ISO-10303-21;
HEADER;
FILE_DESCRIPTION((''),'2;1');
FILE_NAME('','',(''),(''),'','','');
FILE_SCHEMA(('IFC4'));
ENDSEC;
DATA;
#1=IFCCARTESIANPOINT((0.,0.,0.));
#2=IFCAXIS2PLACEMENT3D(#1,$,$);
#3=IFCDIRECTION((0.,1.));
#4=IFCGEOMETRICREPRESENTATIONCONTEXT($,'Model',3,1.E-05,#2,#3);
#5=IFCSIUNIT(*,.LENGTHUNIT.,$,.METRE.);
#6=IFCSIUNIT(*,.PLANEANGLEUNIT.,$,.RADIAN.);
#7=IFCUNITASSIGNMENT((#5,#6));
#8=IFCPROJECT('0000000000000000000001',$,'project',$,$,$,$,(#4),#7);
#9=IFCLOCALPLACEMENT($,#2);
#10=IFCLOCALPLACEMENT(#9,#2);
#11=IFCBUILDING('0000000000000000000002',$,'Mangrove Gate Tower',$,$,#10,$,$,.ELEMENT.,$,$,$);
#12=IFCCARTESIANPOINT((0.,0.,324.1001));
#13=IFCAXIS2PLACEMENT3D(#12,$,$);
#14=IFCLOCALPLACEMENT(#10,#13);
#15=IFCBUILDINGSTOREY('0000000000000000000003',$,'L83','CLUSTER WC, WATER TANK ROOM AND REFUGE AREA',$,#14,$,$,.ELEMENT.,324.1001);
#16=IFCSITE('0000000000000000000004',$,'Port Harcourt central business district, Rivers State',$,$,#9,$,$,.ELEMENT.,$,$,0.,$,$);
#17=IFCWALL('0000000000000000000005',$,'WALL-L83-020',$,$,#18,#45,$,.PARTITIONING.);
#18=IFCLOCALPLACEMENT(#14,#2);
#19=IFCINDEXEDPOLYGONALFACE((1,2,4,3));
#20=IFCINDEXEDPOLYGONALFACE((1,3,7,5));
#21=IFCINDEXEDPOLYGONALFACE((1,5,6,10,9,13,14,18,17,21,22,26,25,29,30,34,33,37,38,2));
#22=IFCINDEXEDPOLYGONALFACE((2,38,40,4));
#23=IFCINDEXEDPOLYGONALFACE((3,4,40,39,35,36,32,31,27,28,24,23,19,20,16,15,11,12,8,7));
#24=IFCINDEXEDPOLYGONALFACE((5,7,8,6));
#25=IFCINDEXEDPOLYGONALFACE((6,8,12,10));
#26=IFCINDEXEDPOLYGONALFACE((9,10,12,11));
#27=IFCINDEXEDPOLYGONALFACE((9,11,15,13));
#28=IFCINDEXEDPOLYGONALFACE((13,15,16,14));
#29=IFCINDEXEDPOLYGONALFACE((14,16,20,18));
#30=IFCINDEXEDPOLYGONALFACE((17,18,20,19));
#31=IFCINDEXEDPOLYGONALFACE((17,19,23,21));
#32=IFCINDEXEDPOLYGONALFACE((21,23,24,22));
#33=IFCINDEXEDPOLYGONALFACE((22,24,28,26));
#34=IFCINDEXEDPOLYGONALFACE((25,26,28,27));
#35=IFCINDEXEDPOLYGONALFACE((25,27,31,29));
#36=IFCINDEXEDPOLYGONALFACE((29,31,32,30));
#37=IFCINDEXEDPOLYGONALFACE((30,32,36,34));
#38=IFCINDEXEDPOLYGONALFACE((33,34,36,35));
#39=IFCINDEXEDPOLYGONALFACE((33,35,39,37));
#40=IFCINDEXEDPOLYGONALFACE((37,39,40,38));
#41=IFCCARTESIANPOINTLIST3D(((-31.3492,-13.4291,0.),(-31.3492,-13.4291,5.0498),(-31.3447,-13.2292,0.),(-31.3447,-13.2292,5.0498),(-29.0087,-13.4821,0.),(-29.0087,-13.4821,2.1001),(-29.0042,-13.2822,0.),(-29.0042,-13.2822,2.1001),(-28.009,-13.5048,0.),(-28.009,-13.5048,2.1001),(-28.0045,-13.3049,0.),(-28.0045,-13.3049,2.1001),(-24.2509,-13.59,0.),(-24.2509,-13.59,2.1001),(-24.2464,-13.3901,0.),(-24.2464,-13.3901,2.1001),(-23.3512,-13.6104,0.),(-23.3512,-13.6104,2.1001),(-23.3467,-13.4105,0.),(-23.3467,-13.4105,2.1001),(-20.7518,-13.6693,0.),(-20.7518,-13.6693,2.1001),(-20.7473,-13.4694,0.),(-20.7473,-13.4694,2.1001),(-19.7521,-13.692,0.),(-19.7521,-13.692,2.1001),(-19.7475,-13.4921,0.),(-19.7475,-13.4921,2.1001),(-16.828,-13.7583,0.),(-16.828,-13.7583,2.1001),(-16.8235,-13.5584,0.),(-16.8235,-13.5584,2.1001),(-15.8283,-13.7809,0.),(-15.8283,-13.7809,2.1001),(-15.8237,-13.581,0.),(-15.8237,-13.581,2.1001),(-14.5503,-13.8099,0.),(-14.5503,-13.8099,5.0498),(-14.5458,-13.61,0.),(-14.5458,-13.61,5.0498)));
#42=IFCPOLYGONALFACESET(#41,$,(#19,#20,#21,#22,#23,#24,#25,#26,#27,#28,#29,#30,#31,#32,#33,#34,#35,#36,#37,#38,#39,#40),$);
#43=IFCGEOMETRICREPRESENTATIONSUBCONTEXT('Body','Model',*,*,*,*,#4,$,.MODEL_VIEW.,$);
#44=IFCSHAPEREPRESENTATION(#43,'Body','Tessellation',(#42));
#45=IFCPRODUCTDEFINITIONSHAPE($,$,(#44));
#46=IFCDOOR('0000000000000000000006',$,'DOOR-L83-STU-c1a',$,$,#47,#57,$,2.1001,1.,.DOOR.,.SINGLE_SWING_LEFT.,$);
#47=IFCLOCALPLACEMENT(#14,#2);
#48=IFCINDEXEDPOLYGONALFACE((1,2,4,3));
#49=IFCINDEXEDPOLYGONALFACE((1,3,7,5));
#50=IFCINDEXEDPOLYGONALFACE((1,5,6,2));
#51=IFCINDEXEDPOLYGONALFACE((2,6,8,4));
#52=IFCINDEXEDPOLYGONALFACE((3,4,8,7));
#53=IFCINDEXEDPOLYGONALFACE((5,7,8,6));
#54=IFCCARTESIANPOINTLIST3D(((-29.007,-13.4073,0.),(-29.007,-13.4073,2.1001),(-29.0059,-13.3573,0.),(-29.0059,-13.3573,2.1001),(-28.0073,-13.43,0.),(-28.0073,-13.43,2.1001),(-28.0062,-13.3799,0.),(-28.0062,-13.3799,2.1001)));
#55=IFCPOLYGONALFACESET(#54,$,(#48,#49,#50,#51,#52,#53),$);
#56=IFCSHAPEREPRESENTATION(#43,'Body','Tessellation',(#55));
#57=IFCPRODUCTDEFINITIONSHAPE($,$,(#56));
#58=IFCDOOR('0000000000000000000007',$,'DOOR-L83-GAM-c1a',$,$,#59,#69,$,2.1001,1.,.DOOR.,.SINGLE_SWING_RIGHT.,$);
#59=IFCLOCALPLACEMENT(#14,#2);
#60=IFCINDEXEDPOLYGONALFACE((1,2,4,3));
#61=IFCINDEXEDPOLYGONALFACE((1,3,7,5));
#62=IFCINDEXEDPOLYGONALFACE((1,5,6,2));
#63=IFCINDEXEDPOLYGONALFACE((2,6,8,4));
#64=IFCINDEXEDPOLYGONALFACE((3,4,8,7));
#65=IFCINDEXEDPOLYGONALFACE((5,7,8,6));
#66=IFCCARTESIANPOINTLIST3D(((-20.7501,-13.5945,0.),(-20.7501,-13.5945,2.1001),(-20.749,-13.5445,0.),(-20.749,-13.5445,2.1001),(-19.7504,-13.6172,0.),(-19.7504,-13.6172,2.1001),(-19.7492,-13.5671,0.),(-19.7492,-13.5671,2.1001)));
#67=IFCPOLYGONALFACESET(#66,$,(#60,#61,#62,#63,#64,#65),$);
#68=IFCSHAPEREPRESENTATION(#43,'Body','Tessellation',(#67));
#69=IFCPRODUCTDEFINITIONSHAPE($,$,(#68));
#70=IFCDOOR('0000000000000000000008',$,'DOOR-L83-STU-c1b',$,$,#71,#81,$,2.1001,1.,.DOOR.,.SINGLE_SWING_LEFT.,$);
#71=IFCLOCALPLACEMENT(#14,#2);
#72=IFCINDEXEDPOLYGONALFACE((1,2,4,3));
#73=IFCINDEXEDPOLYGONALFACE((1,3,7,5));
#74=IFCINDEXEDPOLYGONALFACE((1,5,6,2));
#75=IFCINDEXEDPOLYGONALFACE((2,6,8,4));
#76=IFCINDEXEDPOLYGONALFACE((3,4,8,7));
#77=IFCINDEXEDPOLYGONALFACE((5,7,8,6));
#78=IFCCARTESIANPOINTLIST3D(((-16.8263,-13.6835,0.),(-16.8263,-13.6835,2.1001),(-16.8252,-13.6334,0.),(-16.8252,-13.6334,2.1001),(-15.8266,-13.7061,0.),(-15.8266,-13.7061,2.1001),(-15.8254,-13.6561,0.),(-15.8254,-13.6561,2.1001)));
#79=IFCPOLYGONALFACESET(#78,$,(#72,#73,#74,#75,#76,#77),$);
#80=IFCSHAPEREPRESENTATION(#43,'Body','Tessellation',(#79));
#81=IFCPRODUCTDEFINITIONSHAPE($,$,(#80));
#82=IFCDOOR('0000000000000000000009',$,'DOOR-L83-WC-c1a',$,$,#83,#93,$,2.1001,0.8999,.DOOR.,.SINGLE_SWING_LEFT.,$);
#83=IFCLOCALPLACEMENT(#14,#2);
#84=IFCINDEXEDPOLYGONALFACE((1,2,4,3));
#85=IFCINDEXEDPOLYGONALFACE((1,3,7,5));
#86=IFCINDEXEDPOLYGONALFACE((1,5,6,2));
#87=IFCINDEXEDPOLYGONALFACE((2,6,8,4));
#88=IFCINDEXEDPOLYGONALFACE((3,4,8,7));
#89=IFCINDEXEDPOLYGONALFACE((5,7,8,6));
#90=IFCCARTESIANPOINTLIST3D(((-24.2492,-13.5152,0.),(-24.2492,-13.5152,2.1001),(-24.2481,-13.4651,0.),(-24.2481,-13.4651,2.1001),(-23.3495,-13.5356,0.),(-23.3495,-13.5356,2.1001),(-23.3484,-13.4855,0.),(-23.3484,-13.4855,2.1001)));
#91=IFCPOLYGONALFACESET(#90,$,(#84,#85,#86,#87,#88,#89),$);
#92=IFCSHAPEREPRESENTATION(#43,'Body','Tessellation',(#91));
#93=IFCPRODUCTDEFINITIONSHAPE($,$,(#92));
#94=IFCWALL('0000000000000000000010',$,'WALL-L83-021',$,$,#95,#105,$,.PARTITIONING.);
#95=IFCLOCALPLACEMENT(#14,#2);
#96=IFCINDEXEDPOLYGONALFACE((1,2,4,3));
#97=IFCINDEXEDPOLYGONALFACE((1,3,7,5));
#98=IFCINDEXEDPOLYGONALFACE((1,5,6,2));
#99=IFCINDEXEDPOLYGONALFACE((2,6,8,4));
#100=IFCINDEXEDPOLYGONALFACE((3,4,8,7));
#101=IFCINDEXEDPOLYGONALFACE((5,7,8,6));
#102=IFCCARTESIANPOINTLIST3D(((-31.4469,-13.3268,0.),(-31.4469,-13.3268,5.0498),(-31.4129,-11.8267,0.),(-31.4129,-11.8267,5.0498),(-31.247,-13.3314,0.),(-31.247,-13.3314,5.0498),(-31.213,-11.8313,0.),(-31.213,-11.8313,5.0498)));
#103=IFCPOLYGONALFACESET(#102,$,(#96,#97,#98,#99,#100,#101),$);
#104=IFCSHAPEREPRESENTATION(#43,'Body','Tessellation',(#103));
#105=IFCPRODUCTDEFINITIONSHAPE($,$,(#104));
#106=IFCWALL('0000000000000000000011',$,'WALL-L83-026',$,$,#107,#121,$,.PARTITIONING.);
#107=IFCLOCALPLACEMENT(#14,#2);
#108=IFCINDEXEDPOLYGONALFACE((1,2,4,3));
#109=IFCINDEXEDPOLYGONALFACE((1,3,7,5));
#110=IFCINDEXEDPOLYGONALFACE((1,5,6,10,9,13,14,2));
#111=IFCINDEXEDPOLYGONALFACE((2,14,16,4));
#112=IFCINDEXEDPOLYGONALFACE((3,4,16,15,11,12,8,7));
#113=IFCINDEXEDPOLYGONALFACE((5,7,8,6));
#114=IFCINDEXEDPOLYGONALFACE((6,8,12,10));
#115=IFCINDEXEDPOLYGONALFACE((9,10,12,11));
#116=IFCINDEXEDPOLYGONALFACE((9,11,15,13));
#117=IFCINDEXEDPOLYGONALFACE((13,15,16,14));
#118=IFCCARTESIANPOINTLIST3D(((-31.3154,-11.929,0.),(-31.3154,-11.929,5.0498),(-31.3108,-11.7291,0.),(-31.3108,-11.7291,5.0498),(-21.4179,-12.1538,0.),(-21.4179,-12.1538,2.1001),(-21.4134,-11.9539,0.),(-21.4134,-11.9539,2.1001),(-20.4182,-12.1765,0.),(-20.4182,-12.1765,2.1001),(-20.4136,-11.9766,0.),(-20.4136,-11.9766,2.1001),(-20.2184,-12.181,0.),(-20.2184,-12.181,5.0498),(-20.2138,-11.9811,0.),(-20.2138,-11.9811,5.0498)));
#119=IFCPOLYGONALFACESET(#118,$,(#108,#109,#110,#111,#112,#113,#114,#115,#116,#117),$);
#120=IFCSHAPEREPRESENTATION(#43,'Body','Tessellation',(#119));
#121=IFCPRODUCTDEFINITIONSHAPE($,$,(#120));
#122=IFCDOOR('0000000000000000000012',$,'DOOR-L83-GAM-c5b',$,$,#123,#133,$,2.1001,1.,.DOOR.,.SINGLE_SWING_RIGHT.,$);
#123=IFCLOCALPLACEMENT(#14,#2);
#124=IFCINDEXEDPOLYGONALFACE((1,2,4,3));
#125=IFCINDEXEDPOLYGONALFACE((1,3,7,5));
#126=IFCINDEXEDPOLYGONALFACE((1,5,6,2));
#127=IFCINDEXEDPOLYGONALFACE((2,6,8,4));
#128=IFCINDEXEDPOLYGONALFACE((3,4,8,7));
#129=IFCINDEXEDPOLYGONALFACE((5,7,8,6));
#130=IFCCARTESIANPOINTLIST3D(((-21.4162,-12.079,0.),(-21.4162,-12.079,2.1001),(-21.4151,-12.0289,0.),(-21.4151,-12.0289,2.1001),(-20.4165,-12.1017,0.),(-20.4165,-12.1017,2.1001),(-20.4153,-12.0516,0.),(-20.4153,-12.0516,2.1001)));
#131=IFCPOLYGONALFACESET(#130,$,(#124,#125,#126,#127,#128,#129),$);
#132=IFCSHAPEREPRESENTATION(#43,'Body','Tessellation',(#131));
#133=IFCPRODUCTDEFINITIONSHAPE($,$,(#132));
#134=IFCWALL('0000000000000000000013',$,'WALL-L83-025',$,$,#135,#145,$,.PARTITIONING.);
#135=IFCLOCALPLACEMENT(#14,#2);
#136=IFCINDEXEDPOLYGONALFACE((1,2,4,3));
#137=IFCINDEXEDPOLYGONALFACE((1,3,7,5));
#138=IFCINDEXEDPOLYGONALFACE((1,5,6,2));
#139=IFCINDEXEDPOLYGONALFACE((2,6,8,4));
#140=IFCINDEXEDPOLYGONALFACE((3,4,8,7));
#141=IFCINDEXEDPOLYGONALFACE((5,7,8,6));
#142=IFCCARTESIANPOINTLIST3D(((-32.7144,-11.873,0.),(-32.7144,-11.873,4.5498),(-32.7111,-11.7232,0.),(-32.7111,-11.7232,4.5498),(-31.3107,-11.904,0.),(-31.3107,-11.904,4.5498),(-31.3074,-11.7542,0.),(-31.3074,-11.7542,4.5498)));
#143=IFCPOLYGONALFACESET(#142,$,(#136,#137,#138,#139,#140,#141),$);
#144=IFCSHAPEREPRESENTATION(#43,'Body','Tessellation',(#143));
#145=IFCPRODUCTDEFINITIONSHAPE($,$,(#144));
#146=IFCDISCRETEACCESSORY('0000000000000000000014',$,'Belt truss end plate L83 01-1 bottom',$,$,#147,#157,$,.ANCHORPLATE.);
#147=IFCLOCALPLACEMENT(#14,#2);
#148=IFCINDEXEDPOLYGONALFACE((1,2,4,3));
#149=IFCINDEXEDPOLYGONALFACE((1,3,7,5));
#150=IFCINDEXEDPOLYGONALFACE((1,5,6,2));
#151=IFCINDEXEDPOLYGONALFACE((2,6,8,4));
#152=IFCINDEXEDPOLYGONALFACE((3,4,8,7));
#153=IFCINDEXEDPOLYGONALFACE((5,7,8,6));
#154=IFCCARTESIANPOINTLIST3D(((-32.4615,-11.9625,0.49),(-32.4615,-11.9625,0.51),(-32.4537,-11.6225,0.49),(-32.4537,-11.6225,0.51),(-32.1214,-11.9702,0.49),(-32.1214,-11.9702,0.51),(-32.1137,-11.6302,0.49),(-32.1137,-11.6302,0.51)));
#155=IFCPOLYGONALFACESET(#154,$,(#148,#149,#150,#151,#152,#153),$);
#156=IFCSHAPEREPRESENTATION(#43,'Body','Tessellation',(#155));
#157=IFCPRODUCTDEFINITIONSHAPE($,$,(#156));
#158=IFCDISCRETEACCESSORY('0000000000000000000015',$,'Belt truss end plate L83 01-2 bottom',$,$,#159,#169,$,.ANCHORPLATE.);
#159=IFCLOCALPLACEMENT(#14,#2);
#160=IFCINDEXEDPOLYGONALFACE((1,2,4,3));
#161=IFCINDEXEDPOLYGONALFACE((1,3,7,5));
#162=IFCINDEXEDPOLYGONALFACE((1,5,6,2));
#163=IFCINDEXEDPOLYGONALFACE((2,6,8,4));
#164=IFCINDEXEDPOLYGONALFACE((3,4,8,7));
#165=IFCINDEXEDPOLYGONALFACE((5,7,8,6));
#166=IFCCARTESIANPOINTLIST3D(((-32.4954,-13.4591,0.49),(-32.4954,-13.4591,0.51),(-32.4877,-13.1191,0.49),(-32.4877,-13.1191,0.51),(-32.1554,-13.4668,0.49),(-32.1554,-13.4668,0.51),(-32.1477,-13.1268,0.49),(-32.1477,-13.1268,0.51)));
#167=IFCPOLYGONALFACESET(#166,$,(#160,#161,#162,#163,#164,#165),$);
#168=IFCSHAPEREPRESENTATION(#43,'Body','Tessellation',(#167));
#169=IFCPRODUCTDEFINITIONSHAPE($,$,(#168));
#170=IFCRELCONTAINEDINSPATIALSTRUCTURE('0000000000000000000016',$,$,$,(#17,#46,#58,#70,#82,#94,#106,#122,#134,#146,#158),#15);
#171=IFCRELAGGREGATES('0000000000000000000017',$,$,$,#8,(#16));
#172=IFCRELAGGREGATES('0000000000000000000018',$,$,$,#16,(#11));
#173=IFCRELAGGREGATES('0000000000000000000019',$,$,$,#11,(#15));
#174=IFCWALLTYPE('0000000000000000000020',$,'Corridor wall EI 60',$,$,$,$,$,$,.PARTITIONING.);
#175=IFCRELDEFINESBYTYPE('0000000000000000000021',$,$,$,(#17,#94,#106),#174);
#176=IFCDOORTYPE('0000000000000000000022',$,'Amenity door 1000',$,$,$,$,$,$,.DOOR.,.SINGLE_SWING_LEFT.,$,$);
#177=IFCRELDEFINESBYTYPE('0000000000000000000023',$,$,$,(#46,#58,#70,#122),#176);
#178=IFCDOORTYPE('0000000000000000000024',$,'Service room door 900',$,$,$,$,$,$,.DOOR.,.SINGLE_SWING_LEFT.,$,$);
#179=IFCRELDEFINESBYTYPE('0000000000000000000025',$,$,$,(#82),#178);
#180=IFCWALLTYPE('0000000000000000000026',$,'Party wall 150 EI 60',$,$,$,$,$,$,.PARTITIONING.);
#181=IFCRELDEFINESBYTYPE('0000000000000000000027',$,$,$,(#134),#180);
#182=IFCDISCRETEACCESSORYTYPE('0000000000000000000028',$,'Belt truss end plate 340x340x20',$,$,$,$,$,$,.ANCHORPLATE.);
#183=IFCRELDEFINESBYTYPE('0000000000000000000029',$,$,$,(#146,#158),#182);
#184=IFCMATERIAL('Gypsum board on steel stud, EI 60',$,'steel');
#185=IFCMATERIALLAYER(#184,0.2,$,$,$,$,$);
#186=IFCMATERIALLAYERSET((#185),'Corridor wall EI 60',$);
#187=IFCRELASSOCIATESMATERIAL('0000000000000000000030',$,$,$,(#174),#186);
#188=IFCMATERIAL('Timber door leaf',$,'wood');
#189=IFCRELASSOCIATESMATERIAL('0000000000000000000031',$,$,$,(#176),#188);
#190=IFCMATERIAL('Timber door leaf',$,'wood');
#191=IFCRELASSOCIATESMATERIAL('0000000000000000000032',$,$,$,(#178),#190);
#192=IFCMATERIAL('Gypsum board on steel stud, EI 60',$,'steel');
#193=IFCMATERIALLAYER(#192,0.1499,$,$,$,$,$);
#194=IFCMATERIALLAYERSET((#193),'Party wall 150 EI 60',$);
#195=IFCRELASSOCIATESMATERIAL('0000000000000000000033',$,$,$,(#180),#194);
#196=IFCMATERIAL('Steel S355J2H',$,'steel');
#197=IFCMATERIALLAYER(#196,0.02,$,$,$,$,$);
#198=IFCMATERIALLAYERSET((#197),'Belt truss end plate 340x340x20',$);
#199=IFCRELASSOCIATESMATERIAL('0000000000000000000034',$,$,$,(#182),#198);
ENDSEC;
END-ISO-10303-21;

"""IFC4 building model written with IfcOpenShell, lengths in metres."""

from ifc_helpers import new_model, si_unit, direction, frame, frame_2d, origin, origin_2d, place, context, subcontext, project, spatial, rectangle, extrude, material, layer, layer_set, type_object, element, fill, save


model = new_model("IFC4")

# Units and contexts
model_context = context("Model", 3, precision=1e-05, world=origin(), true_north=direction((0.0, 1.0)))
body_context = subcontext(model_context, "Body", "Model", "MODEL_VIEW")
ifc_project = project(units=[si_unit("LENGTHUNIT", "METRE"), si_unit("PLANEANGLEUNIT", "RADIAN")], contexts=[model_context])

# Site, building, storey
site_placement = place(None, origin())
site = spatial("IfcSite", under=ifc_project, at=site_placement, Name="Port Harcourt central business district, Rivers State", CompositionType="ELEMENT", RefElevation=0.0)
building_placement = place(site_placement, origin())
building = spatial("IfcBuilding", under=site, at=building_placement, Name="Mangrove Gate Tower", CompositionType="ELEMENT")
storey_placement = place(building_placement, frame((0.0, 0.0, 324.1001)))
storey = spatial("IfcBuildingStorey", under=building, at=storey_placement, Name="L83", Description="CLUSTER WC, WATER TANK ROOM AND REFUGE AREA", CompositionType="ELEMENT", Elevation=324.1001)

# Wall, openings, doors
ifc_material_1 = material(Name="Gypsum board on steel stud, EI 60", Category="steel")
ifc_layer_1 = layer(ifc_material_1, 0.2)
ifc_layer_set_1 = layer_set([ifc_layer_1], Name="Corridor wall EI 60")
wall_type_1 = type_object("IfcWallType", Name="Corridor wall EI 60", PredefinedType="PARTITIONING", material=ifc_layer_set_1)
wall_1_placement = place(storey_placement, frame((-31.3469, -13.3291, 0.0), z_axis=(0.0, 0.0, 1.0), x_axis=(0.999743, -0.022666, 0.0)))
wall_1 = element("IfcWall", 1, at=wall_1_placement, inside=storey, type_object=wall_type_1, Name="WALL-L83-020", PredefinedType="PARTITIONING", context=body_context, shape_type="SweptSolid", body=[
    extrude(rectangle(XDim=16.8032, YDim=0.2, at=frame_2d((8.4016, 0.0))), origin(), (0.0, 0.0, 1.0), 5.0498),
])
opening_1_placement = place(wall_1_placement, frame((2.3411, 0.0, 0.0)))
opening_1 = element("IfcOpeningElement", 2, at=opening_1_placement, cuts=wall_1, PredefinedType="OPENING", context=body_context, shape_type="SweptSolid", body=[
    extrude(rectangle(XDim=1.0, YDim=2.1001, at=frame_2d((0.5, 1.05))), frame((0.0, 0.1099, 0.0), z_axis=(0.0, -1.0, 0.0), x_axis=(1.0, 0.0, 0.0)), (0.0, 0.0, 1.0), 0.22),
])
opening_2_placement = place(wall_1_placement, frame((10.6001, 0.0, 0.0)))
opening_2 = element("IfcOpeningElement", 3, at=opening_2_placement, cuts=wall_1, PredefinedType="OPENING", context=body_context, shape_type="SweptSolid", body=[
    extrude(rectangle(XDim=1.0, YDim=2.1001, at=frame_2d((0.5, 1.05))), frame((0.0, 0.1099, 0.0), z_axis=(0.0, -1.0, 0.0), x_axis=(1.0, 0.0, 0.0)), (0.0, 0.0, 1.0), 0.22),
])
opening_3_placement = place(wall_1_placement, frame((7.1001, 0.0, 0.0)))
opening_3 = element("IfcOpeningElement", 4, at=opening_3_placement, cuts=wall_1, PredefinedType="OPENING", context=body_context, shape_type="SweptSolid", body=[
    extrude(rectangle(XDim=0.8999, YDim=2.1001, at=frame_2d((0.45, 1.05))), frame((0.0, 0.1099, 0.0), z_axis=(0.0, -1.0, 0.0), x_axis=(1.0, 0.0, 0.0)), (0.0, 0.0, 1.0), 0.22),
])
opening_4_placement = place(wall_1_placement, frame((14.5249, 0.0, 0.0)))
opening_4 = element("IfcOpeningElement", 5, at=opening_4_placement, cuts=wall_1, PredefinedType="OPENING", context=body_context, shape_type="SweptSolid", body=[
    extrude(rectangle(XDim=1.0, YDim=2.1001, at=frame_2d((0.5, 1.05))), frame((0.0, 0.1099, 0.0), z_axis=(0.0, -1.0, 0.0), x_axis=(1.0, 0.0, 0.0)), (0.0, 0.0, 1.0), 0.22),
])
ifc_material_2 = material(Name="Timber door leaf", Category="wood")
door_type_1 = type_object("IfcDoorType", Name="Amenity door 1000", OperationType="SINGLE_SWING_LEFT", PredefinedType="DOOR", material=ifc_material_2)
door_1_placement = place(opening_1_placement, origin())
door_1 = element("IfcDoor", 6, at=door_1_placement, inside=storey, type_object=door_type_1, Name="DOOR-L83-STU-c1a", OperationType="SINGLE_SWING_LEFT", OverallHeight=2.1001, OverallWidth=1.0, PredefinedType="DOOR", context=body_context, shape_type="SweptSolid", body=[
    extrude(rectangle(XDim=1.0, YDim=2.1001, at=frame_2d((0.5, 1.05))), frame((0.0, 0.0249, 0.0), z_axis=(0.0, -1.0, 0.0), x_axis=(1.0, 0.0, 0.0)), (0.0, 0.0, 1.0), 0.05),
])
fill(opening_1, door_1)
door_2_placement = place(opening_2_placement, origin())
door_2 = element("IfcDoor", 7, at=door_2_placement, inside=storey, type_object=door_type_1, Name="DOOR-L83-GAM-c1a", OperationType="SINGLE_SWING_RIGHT", OverallHeight=2.1001, OverallWidth=1.0, PredefinedType="DOOR", context=body_context, shape_type="SweptSolid", body=[
    extrude(rectangle(XDim=1.0, YDim=2.1001, at=frame_2d((0.5, 1.05))), frame((0.0, 0.0249, 0.0), z_axis=(0.0, -1.0, 0.0), x_axis=(1.0, 0.0, 0.0)), (0.0, 0.0, 1.0), 0.05),
])
fill(opening_2, door_2)
door_3_placement = place(opening_4_placement, origin())
door_3 = element("IfcDoor", 8, at=door_3_placement, inside=storey, type_object=door_type_1, Name="DOOR-L83-STU-c1b", OperationType="SINGLE_SWING_LEFT", OverallHeight=2.1001, OverallWidth=1.0, PredefinedType="DOOR", context=body_context, shape_type="SweptSolid", body=[
    extrude(rectangle(XDim=1.0, YDim=2.1001, at=frame_2d((0.5, 1.05))), frame((0.0, 0.0249, 0.0), z_axis=(0.0, -1.0, 0.0), x_axis=(1.0, 0.0, 0.0)), (0.0, 0.0, 1.0), 0.05),
])
fill(opening_4, door_3)
ifc_material_3 = material(Name="Timber door leaf", Category="wood")
door_type_2 = type_object("IfcDoorType", Name="Service room door 900", OperationType="SINGLE_SWING_LEFT", PredefinedType="DOOR", material=ifc_material_3)
door_4_placement = place(opening_3_placement, origin())
door_4 = element("IfcDoor", 9, at=door_4_placement, inside=storey, type_object=door_type_2, Name="DOOR-L83-WC-c1a", OperationType="SINGLE_SWING_LEFT", OverallHeight=2.1001, OverallWidth=0.8999, PredefinedType="DOOR", context=body_context, shape_type="SweptSolid", body=[
    extrude(rectangle(XDim=0.8999, YDim=2.1001, at=frame_2d((0.45, 1.05))), frame((0.0, 0.0249, 0.0), z_axis=(0.0, -1.0, 0.0), x_axis=(1.0, 0.0, 0.0)), (0.0, 0.0, 1.0), 0.05),
])
fill(opening_3, door_4)

# Wall
wall_2_placement = place(storey_placement, frame((-31.3469, -13.3291, 0.0), z_axis=(0.0, 0.0, 1.0), x_axis=(0.022618, 0.999744, 0.0)))
element("IfcWall", 10, at=wall_2_placement, inside=storey, type_object=wall_type_1, Name="WALL-L83-021", PredefinedType="PARTITIONING", context=body_context, shape_type="SweptSolid", body=[
    extrude(rectangle(XDim=1.5005, YDim=0.2, at=frame_2d((0.7502, 0.0))), origin(), (0.0, 0.0, 1.0), 5.0498),
])

# Wall, opening, door
wall_3_placement = place(storey_placement, frame((-31.313, -11.8291, 0.0), z_axis=(0.0, 0.0, 1.0), x_axis=(0.999742, -0.022699, 0.0)))
wall_3 = element("IfcWall", 11, at=wall_3_placement, inside=storey, type_object=wall_type_1, Name="WALL-L83-026", PredefinedType="PARTITIONING", context=body_context, shape_type="SweptSolid", body=[
    extrude(rectangle(XDim=11.0999, YDim=0.2, at=frame_2d((5.5498, 0.0))), origin(), (0.0, 0.0, 1.0), 5.0498),
])
opening_5_placement = place(wall_3_placement, frame((9.8999, 0.0, 0.0)))
opening_5 = element("IfcOpeningElement", 12, at=opening_5_placement, cuts=wall_3, PredefinedType="OPENING", context=body_context, shape_type="SweptSolid", body=[
    extrude(rectangle(XDim=1.0, YDim=2.1001, at=frame_2d((0.5, 1.05))), frame((0.0, 0.1099, 0.0), z_axis=(0.0, -1.0, 0.0), x_axis=(1.0, 0.0, 0.0)), (0.0, 0.0, 1.0), 0.22),
])
door_5_placement = place(opening_5_placement, origin())
door_5 = element("IfcDoor", 13, at=door_5_placement, inside=storey, type_object=door_type_1, Name="DOOR-L83-GAM-c5b", OperationType="SINGLE_SWING_RIGHT", OverallHeight=2.1001, OverallWidth=1.0, PredefinedType="DOOR", context=body_context, shape_type="SweptSolid", body=[
    extrude(rectangle(XDim=1.0, YDim=2.1001, at=frame_2d((0.5, 1.05))), frame((0.0, 0.0249, 0.0), z_axis=(0.0, -1.0, 0.0), x_axis=(1.0, 0.0, 0.0)), (0.0, 0.0, 1.0), 0.05),
])
fill(opening_5, door_5)

# Wall
ifc_material_4 = material(Name="Gypsum board on steel stud, EI 60", Category="steel")
ifc_layer_2 = layer(ifc_material_4, 0.1499)
ifc_layer_set_2 = layer_set([ifc_layer_2], Name="Party wall 150 EI 60")
wall_type_2 = type_object("IfcWallType", Name="Party wall 150 EI 60", PredefinedType="PARTITIONING", material=ifc_layer_set_2)
wall_4_placement = place(storey_placement, frame((-32.7129, -11.7981, 0.0), z_axis=(0.0, 0.0, 1.0), x_axis=(0.999756, -0.022082, 0.0)))
element("IfcWall", 14, at=wall_4_placement, inside=storey, type_object=wall_type_2, Name="WALL-L83-025", PredefinedType="PARTITIONING", context=body_context, shape_type="SweptSolid", body=[
    extrude(rectangle(XDim=1.4041, YDim=0.1499, at=frame_2d((0.7021, 0.0))), origin(), (0.0, 0.0, 1.0), 4.5498),
])

# Discrete accessories
ifc_material_5 = material(Name="Steel S355J2H", Category="steel")
ifc_layer_3 = layer(ifc_material_5, 0.02)
ifc_layer_set_3 = layer_set([ifc_layer_3], Name="Belt truss end plate 340x340x20")
discrete_accessory_type = type_object("IfcDiscreteAccessoryType", Name="Belt truss end plate 340x340x20", PredefinedType="ANCHORPLATE", material=ifc_layer_set_3)
for number, where, z_axis, x_axis, name in (
    (15, (-32.2876, -11.7964, 0.49), (0.0, 0.0, 1.0), (-0.022653, -0.999743, 0.0), "Belt truss end plate L83 01-1 bottom"),
    (16, (-32.3215, -13.293, 0.49), (0.0, 0.0, 1.0), (-0.022653, -0.999743, 0.0), "Belt truss end plate L83 01-2 bottom"),
):
    element("IfcDiscreteAccessory", number, at=place(storey_placement, frame(where, z_axis=z_axis, x_axis=x_axis)), inside=storey, type_object=discrete_accessory_type, Name=name, PredefinedType="ANCHORPLATE", context=body_context, shape_type="SweptSolid", body=[
        extrude(rectangle(XDim=0.3401, YDim=0.3401, at=origin_2d()), origin(), (0.0, 0.0, 1.0), 0.02),
    ])

save(model, "model.ifc")
